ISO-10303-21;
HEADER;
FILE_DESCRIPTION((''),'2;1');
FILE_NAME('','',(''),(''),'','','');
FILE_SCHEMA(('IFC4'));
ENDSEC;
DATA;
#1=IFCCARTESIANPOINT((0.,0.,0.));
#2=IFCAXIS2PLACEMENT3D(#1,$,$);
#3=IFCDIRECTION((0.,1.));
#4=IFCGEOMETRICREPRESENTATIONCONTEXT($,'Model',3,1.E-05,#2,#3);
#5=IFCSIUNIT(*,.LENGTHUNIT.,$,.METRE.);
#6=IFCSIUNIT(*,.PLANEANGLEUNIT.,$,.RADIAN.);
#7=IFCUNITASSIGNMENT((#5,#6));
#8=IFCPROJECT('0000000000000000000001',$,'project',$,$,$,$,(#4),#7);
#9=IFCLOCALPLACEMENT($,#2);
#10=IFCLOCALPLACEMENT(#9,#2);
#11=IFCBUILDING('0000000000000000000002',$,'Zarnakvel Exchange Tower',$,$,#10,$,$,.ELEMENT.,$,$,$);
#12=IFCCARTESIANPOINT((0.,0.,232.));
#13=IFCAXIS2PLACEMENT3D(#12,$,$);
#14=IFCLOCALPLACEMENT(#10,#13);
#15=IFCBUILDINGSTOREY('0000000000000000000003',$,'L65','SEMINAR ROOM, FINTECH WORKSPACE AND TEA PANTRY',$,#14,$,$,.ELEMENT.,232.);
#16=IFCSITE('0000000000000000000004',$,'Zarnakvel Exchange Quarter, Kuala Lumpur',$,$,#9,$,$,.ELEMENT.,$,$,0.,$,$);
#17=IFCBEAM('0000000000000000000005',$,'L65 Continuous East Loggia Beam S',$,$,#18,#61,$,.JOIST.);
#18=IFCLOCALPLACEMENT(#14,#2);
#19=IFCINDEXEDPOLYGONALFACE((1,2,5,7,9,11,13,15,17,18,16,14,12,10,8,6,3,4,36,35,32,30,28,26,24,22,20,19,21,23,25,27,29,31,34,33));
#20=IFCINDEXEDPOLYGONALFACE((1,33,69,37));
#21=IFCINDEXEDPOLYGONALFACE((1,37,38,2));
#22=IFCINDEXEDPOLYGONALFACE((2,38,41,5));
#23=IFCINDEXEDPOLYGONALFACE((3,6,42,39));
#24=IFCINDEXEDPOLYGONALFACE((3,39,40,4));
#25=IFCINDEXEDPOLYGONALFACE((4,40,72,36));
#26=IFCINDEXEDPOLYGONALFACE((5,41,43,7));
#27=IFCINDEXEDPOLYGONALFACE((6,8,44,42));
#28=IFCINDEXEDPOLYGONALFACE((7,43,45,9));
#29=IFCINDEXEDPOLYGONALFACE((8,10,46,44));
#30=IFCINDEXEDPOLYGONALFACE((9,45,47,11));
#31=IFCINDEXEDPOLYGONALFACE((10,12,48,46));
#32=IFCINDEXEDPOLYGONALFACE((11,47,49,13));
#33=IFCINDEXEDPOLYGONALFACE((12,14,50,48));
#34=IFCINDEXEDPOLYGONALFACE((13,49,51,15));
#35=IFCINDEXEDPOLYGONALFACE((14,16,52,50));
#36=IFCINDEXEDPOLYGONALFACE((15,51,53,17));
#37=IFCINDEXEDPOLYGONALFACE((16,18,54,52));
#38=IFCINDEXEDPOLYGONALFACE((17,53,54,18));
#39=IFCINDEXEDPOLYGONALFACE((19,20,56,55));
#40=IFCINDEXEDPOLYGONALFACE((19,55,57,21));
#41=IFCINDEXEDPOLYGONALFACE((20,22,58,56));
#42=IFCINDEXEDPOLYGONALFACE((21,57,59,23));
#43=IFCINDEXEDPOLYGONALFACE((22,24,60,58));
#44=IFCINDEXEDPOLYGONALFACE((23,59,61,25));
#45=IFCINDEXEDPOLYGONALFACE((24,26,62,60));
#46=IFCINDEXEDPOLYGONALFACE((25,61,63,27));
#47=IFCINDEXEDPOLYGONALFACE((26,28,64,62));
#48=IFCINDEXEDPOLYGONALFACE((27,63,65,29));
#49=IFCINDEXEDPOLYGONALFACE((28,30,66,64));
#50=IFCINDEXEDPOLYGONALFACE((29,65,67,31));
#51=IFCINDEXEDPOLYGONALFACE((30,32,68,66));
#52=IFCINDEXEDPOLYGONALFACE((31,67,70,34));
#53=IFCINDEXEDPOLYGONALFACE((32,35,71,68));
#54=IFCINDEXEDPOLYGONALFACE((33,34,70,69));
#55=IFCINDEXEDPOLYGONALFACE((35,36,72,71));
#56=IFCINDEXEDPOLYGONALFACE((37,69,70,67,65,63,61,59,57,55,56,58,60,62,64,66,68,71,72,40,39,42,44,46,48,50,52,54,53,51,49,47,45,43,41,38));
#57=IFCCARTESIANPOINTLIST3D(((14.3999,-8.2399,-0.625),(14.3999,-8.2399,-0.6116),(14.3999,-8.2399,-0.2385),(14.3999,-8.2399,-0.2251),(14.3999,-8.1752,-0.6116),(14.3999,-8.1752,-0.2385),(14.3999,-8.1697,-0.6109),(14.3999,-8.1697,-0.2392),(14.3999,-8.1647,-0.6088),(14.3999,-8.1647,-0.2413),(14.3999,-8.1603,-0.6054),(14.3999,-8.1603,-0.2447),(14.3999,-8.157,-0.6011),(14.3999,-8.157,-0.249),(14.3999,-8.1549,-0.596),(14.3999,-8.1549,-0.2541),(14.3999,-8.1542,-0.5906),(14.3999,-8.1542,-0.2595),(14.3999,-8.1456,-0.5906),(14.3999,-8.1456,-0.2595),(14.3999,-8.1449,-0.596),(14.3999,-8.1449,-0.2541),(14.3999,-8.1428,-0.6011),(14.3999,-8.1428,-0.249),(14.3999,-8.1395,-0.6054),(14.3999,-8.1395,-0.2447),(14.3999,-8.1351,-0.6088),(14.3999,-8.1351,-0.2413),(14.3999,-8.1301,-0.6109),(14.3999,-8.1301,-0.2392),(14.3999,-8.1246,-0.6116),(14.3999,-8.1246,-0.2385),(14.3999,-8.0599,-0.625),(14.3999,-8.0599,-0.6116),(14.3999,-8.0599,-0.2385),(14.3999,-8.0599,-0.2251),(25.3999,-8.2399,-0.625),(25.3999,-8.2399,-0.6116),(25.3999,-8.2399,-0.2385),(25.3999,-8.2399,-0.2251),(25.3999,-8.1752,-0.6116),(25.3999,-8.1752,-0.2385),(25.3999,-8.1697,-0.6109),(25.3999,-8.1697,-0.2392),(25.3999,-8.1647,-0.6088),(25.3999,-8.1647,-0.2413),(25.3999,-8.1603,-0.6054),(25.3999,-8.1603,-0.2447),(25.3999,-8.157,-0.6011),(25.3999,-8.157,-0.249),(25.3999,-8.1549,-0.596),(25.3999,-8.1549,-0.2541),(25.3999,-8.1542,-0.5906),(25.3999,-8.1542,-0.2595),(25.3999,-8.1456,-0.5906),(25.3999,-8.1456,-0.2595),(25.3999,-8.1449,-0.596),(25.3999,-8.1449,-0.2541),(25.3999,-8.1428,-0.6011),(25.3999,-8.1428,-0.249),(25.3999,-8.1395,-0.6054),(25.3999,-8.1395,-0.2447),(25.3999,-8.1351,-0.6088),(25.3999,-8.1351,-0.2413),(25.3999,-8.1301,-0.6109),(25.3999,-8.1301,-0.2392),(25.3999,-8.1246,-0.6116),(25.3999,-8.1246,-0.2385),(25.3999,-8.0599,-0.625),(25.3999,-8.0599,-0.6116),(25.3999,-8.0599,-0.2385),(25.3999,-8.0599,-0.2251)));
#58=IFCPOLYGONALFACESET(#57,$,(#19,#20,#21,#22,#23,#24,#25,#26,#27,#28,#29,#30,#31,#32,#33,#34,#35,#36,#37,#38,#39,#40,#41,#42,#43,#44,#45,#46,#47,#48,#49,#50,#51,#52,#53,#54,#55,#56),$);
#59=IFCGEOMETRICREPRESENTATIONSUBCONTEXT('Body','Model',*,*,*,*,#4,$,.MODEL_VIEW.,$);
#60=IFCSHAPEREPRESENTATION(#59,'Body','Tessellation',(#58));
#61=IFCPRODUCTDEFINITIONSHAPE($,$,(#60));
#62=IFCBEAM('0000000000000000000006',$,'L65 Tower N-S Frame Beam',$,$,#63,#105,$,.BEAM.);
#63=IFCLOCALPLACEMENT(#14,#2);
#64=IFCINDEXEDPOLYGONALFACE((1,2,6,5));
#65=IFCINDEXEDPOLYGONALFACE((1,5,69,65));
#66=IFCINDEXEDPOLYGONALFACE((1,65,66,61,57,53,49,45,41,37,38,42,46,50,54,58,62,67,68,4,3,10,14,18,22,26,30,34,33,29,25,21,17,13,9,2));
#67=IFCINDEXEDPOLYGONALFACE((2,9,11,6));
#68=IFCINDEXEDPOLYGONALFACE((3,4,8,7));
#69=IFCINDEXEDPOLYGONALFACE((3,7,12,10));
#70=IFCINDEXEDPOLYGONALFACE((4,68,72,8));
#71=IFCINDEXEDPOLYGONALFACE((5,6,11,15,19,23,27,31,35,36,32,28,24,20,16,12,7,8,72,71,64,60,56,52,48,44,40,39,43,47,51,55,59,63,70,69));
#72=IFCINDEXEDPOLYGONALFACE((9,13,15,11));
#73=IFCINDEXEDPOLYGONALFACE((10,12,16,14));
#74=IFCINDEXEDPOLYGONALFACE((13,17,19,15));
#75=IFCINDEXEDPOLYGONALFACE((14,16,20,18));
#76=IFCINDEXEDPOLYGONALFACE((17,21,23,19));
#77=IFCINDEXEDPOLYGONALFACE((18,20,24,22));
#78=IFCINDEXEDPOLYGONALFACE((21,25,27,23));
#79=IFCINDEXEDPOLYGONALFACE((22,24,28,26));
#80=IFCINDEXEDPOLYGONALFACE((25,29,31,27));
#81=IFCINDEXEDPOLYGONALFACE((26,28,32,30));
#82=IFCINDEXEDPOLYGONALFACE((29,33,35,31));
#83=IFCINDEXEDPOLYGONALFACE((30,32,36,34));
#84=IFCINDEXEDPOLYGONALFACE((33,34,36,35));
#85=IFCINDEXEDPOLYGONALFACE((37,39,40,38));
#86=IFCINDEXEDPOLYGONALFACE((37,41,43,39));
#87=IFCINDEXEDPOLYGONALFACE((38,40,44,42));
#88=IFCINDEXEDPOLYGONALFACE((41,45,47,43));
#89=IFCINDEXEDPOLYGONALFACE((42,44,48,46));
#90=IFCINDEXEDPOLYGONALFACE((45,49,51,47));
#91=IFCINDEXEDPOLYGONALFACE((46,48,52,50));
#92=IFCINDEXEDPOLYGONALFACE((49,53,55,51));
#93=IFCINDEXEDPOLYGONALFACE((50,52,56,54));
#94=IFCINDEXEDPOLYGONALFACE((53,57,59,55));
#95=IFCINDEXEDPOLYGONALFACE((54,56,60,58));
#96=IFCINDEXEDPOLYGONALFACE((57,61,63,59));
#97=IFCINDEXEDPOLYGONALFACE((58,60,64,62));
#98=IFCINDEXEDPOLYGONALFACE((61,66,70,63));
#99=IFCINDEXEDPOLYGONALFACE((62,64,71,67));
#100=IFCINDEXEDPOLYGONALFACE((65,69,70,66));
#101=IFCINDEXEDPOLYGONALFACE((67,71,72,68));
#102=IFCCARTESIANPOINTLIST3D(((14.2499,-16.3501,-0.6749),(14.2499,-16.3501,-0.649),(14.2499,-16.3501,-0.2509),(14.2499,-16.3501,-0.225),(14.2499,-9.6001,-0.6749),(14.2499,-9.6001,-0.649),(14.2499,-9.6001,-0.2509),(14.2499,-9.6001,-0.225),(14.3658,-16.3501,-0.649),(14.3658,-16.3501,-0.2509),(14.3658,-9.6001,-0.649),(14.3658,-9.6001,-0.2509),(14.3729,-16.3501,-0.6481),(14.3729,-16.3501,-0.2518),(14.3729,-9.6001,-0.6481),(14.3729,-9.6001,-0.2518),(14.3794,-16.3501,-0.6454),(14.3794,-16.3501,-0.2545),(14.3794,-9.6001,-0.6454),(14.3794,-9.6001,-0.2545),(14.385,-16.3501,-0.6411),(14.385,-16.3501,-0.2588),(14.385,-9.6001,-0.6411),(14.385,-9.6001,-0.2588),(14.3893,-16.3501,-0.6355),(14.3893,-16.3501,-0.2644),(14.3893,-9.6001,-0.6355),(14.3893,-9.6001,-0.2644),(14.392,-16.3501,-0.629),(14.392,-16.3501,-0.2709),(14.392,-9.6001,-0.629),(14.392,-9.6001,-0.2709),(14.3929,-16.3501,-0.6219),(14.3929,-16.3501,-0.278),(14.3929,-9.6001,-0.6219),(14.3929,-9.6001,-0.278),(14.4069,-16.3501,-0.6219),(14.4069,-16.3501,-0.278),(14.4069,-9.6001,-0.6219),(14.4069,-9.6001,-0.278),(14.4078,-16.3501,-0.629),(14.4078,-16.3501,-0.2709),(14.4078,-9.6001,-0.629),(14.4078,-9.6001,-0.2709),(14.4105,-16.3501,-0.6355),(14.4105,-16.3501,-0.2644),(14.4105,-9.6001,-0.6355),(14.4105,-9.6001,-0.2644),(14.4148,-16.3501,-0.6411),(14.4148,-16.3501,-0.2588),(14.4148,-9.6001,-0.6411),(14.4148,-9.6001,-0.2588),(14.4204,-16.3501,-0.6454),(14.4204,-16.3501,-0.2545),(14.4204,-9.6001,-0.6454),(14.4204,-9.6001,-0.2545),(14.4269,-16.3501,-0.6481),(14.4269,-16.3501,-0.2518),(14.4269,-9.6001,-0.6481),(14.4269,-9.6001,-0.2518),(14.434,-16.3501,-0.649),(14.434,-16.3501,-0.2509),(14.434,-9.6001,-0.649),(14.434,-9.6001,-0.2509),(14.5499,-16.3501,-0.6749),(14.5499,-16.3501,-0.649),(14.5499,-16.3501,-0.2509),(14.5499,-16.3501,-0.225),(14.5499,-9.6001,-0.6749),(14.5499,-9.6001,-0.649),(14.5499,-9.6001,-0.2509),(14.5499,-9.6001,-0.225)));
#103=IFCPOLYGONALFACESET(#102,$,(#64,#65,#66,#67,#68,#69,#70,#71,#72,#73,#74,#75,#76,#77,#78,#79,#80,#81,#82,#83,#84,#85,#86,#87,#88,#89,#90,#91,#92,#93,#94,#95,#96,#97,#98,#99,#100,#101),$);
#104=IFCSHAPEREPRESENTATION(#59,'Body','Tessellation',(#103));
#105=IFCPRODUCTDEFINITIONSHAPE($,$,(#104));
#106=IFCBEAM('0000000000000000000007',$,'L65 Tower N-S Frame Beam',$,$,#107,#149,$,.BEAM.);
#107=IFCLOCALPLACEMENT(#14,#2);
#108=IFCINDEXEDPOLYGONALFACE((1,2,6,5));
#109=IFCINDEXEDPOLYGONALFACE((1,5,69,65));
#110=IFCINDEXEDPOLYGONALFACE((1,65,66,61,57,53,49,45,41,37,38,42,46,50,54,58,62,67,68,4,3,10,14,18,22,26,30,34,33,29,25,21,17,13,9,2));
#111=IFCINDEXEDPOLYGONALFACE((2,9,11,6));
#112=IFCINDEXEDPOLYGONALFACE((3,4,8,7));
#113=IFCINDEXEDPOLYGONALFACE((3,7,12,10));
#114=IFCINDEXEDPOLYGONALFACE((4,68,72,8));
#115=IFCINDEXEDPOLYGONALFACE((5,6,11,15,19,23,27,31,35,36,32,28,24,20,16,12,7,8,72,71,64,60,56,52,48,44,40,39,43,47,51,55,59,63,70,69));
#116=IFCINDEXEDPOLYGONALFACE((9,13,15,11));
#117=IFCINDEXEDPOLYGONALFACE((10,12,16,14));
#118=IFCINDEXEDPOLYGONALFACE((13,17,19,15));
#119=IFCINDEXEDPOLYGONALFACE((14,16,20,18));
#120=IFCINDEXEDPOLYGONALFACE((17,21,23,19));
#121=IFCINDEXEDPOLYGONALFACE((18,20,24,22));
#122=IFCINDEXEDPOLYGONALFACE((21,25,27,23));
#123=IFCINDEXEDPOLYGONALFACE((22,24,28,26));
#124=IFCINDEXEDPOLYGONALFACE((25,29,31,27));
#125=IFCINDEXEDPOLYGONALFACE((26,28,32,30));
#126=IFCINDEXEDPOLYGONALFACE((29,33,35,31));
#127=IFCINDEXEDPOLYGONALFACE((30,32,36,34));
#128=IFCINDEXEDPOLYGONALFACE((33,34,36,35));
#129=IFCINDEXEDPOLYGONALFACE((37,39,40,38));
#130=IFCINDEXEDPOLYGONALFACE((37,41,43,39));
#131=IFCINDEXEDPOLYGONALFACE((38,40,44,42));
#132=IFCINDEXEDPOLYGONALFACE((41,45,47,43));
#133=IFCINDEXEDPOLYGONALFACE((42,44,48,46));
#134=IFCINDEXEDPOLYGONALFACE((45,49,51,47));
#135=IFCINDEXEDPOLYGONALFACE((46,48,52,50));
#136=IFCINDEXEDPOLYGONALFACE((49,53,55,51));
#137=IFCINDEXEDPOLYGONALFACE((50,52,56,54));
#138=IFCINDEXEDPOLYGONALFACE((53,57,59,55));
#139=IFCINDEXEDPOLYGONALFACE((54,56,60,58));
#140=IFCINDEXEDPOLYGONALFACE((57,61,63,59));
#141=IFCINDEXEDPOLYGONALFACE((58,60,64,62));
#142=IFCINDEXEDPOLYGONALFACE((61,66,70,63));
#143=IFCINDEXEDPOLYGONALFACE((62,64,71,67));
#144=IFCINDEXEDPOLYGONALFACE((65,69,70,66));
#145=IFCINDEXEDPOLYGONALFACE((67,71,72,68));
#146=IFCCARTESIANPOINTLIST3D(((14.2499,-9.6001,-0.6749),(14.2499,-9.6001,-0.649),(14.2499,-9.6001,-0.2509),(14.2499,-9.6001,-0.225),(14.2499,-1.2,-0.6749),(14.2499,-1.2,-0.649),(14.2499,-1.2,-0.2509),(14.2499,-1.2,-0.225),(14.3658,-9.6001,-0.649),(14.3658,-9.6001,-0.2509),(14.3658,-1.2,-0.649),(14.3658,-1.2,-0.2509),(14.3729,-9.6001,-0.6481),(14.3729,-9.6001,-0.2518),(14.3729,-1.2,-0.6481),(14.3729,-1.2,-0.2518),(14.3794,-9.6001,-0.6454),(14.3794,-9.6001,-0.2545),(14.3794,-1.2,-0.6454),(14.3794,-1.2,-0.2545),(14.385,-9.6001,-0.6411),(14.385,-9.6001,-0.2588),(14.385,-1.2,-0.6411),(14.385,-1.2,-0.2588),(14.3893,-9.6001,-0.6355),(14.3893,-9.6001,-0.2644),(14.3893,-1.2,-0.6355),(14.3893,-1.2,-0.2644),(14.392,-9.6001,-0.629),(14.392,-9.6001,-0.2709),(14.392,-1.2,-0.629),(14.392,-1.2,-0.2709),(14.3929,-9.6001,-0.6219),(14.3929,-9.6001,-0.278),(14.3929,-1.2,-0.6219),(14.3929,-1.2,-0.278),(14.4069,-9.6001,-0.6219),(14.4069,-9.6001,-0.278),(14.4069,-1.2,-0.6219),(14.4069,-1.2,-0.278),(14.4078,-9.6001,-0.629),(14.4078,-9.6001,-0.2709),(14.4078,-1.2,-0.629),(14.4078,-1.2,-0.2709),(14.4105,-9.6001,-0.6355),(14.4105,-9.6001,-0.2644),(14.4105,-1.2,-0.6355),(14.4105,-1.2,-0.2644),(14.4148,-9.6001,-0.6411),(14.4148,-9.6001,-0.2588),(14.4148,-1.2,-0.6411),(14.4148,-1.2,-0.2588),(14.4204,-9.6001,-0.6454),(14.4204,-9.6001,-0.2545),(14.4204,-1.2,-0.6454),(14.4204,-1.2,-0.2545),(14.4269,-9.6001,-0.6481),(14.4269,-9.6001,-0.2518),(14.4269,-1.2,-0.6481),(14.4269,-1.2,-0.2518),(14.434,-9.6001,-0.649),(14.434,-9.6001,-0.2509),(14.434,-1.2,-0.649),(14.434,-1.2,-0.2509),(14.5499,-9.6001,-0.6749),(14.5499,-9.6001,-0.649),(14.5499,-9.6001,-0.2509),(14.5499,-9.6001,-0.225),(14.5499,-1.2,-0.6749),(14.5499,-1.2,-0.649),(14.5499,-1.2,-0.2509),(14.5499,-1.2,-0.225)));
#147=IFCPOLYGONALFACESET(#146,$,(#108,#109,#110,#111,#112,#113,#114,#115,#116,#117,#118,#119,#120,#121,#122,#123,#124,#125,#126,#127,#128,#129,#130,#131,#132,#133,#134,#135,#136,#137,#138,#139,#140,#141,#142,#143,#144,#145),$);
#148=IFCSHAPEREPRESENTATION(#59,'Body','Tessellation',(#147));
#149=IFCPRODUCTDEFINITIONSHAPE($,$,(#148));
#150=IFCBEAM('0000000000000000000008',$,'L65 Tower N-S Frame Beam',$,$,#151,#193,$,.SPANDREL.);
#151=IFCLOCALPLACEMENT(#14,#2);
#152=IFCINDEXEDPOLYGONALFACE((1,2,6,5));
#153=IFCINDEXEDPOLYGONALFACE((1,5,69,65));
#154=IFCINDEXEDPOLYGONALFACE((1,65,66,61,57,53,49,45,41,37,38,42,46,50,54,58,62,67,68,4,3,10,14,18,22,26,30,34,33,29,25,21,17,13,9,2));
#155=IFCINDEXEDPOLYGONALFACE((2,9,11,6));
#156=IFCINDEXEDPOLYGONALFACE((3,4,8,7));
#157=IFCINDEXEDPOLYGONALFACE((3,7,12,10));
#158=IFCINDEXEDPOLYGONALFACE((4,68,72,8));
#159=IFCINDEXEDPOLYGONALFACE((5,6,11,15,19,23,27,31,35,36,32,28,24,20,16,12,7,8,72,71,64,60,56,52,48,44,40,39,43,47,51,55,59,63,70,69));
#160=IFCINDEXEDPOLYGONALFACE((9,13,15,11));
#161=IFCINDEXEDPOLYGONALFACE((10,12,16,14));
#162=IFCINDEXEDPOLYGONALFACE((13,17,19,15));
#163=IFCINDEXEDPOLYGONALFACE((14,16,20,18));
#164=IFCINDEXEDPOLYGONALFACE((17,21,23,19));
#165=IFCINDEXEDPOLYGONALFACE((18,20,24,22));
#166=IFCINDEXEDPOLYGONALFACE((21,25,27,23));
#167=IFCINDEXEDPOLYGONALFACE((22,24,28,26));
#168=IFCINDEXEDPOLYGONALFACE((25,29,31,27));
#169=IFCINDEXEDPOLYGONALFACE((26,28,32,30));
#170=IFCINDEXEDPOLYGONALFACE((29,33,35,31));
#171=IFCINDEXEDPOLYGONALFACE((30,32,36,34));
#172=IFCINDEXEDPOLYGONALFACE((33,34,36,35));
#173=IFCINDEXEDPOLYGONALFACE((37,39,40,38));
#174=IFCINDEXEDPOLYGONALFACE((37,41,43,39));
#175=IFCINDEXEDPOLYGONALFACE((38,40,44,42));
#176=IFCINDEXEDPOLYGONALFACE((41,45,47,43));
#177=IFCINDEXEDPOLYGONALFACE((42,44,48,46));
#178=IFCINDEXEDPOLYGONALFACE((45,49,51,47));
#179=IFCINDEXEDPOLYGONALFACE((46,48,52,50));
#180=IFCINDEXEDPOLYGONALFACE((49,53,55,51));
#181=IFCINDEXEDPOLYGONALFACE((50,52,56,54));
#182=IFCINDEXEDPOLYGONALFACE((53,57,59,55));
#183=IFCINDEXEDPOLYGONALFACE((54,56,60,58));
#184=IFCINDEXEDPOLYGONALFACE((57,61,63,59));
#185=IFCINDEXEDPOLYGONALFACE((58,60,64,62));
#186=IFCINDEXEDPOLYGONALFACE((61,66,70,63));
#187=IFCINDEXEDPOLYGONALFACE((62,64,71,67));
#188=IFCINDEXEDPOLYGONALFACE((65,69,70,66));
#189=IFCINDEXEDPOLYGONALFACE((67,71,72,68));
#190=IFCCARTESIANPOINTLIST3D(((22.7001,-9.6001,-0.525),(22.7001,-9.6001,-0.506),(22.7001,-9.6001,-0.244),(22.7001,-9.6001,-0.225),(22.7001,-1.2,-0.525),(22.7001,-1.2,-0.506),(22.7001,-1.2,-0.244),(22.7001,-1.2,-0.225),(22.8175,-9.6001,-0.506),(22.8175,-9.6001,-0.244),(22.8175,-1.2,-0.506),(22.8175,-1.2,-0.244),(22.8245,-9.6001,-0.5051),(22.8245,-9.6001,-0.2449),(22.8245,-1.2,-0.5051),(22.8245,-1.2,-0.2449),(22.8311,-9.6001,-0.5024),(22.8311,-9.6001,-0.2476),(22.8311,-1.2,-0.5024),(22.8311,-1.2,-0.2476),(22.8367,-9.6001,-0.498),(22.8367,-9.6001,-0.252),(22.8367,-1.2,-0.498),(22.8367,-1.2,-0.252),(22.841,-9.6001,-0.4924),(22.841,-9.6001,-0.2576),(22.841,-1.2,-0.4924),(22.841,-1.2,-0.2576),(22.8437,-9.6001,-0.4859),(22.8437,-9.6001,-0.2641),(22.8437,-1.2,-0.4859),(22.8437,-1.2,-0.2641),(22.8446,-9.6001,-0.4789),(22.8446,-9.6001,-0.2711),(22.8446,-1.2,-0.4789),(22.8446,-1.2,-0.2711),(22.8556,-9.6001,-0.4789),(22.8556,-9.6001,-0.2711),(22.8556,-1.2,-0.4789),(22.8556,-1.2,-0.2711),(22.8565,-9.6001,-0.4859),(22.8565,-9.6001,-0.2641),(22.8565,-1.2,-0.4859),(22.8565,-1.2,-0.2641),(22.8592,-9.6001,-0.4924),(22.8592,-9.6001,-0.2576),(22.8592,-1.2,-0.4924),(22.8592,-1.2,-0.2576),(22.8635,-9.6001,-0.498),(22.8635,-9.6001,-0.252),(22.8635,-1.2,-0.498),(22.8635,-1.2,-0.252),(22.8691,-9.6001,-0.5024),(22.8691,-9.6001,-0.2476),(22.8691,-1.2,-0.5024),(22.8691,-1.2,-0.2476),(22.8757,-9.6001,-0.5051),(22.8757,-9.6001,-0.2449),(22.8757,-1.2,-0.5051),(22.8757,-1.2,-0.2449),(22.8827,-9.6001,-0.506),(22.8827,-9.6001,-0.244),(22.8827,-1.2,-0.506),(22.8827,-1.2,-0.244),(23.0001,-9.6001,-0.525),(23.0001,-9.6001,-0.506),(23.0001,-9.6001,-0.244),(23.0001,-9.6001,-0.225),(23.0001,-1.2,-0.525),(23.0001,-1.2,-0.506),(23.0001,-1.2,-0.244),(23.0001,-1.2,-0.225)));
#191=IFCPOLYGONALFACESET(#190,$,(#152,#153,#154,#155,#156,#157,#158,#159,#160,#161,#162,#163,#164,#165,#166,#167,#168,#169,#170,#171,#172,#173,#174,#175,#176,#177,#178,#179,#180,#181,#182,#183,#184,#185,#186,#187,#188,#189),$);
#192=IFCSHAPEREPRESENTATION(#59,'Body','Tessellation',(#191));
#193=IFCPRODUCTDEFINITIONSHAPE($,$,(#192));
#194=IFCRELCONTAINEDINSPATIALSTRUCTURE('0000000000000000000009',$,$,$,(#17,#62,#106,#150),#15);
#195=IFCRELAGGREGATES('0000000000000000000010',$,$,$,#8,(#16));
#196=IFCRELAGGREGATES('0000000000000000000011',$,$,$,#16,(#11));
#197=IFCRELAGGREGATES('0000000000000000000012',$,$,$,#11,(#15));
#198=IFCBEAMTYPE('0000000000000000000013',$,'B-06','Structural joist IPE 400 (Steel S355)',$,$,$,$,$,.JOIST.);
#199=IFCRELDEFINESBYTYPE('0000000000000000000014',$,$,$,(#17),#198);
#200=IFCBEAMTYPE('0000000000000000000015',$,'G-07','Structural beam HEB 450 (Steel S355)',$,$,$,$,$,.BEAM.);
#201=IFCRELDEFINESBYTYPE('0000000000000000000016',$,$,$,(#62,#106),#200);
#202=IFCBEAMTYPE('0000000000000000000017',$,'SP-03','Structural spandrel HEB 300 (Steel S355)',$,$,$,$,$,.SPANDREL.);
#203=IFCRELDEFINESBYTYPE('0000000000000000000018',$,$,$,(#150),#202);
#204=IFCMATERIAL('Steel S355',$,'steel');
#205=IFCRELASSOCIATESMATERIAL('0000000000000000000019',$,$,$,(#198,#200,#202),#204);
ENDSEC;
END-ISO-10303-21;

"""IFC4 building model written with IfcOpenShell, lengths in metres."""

from ifc_helpers import new_model, si_unit, direction, frame, origin, origin_2d, place, context, subcontext, project, spatial, i_section, extrude, material, material_profile, profile_set, type_object, element, save


model = new_model("IFC4")

# Units and contexts
model_context = context("Model", 3, precision=1e-05, world=origin(), true_north=direction((0.0, 1.0)))
body_context = subcontext(model_context, "Body", "Model", "MODEL_VIEW")
ifc_project = project(units=[si_unit("LENGTHUNIT", "METRE"), si_unit("PLANEANGLEUNIT", "RADIAN")], contexts=[model_context])

# Site, building, storey
site_placement = place(None, origin())
site = spatial("IfcSite", under=ifc_project, at=site_placement, Name="Zarnakvel Exchange Quarter, Kuala Lumpur", CompositionType="ELEMENT", RefElevation=0.0)
building_placement = place(site_placement, origin())
building = spatial("IfcBuilding", under=site, at=building_placement, Name="Zarnakvel Exchange Tower", CompositionType="ELEMENT")
storey_placement = place(building_placement, frame((0.0, 0.0, 232.0)))
storey = spatial("IfcBuildingStorey", under=building, at=storey_placement, Name="L65", Description="SEMINAR ROOM, FINTECH WORKSPACE AND TEA PANTRY", CompositionType="ELEMENT", Elevation=232.0)

# Shared definitions
ifc_material_1 = material(Name="Steel S355", Category="steel")

# Beams
ifc_material_profile_1 = material_profile(ifc_material_1, i_section(OverallWidth=0.1799, OverallDepth=0.3999, WebThickness=0.0085, FlangeThickness=0.0134, FilletRadius=0.021, at=origin_2d()))
ifc_profile_set_1 = profile_set([ifc_material_profile_1], Name="Steel S355")
beam_type_1 = type_object("IfcBeamType", Name="B-06", Description="Structural joist IPE 400 (Steel S355)", PredefinedType="JOIST", material=ifc_profile_set_1)
beam_1_placement = place(storey_placement, frame((14.3999, -8.1499, -0.425), z_axis=(1.0, 0.0, 0.0), x_axis=(0.0, 1.0, 0.0)))
element("IfcBeam", 1, at=beam_1_placement, inside=storey, type_object=beam_type_1, Name="L65 Continuous East Loggia Beam S", PredefinedType="JOIST", context=body_context, shape_type="SweptSolid", body=[
    extrude(i_section(OverallWidth=0.1799, OverallDepth=0.3999, WebThickness=0.0085, FlangeThickness=0.0134, FilletRadius=0.021, at=origin_2d()), origin(), (0.0, 0.0, 1.0), 11.0),
])
ifc_material_profile_2 = material_profile(ifc_material_1, i_section(OverallWidth=0.3, OverallDepth=0.45, WebThickness=0.0139, FlangeThickness=0.0259, FilletRadius=0.0271, at=origin_2d()))
ifc_profile_set_2 = profile_set([ifc_material_profile_2], Name="Steel S355")
beam_type_2 = type_object("IfcBeamType", Name="G-07", Description="Structural beam HEB 450 (Steel S355)", PredefinedType="BEAM", material=ifc_profile_set_2)
beam_2_placement = place(storey_placement, frame((14.3999, -16.3501, -0.45), z_axis=(0.0, 1.0, 0.0), x_axis=(-1.0, 0.0, 0.0)))
element("IfcBeam", 2, at=beam_2_placement, inside=storey, type_object=beam_type_2, Name="L65 Tower N-S Frame Beam", PredefinedType="BEAM", context=body_context, shape_type="SweptSolid", body=[
    extrude(i_section(OverallWidth=0.3, OverallDepth=0.45, WebThickness=0.0139, FlangeThickness=0.0259, FilletRadius=0.0271, at=origin_2d()), origin(), (0.0, 0.0, 1.0), 6.75),
])
beam_3_placement = place(storey_placement, frame((14.3999, -9.6001, -0.45), z_axis=(0.0, 1.0, 0.0), x_axis=(-1.0, 0.0, 0.0)))
element("IfcBeam", 3, at=beam_3_placement, inside=storey, type_object=beam_type_2, Name="L65 Tower N-S Frame Beam", PredefinedType="BEAM", context=body_context, shape_type="SweptSolid", body=[
    extrude(i_section(OverallWidth=0.3, OverallDepth=0.45, WebThickness=0.0139, FlangeThickness=0.0259, FilletRadius=0.0271, at=origin_2d()), origin(), (0.0, 0.0, 1.0), 8.4001),
])
ifc_material_profile_3 = material_profile(ifc_material_1, i_section(OverallWidth=0.3, OverallDepth=0.3, WebThickness=0.011, FlangeThickness=0.019, FilletRadius=0.0271, at=origin_2d()))
ifc_profile_set_3 = profile_set([ifc_material_profile_3], Name="Steel S355")
beam_type_3 = type_object("IfcBeamType", Name="SP-03", Description="Structural spandrel HEB 300 (Steel S355)", PredefinedType="SPANDREL", material=ifc_profile_set_3)
beam_4_placement = place(storey_placement, frame((22.8501, -9.6001, -0.375), z_axis=(0.0, 1.0, 0.0), x_axis=(-1.0, 0.0, 0.0)))
element("IfcBeam", 4, at=beam_4_placement, inside=storey, type_object=beam_type_3, Name="L65 Tower N-S Frame Beam", PredefinedType="SPANDREL", context=body_context, shape_type="SweptSolid", body=[
    extrude(i_section(OverallWidth=0.3, OverallDepth=0.3, WebThickness=0.011, FlangeThickness=0.019, FilletRadius=0.0271, at=origin_2d()), origin(), (0.0, 0.0, 1.0), 8.4001),
])

save(model, "model.ifc")
